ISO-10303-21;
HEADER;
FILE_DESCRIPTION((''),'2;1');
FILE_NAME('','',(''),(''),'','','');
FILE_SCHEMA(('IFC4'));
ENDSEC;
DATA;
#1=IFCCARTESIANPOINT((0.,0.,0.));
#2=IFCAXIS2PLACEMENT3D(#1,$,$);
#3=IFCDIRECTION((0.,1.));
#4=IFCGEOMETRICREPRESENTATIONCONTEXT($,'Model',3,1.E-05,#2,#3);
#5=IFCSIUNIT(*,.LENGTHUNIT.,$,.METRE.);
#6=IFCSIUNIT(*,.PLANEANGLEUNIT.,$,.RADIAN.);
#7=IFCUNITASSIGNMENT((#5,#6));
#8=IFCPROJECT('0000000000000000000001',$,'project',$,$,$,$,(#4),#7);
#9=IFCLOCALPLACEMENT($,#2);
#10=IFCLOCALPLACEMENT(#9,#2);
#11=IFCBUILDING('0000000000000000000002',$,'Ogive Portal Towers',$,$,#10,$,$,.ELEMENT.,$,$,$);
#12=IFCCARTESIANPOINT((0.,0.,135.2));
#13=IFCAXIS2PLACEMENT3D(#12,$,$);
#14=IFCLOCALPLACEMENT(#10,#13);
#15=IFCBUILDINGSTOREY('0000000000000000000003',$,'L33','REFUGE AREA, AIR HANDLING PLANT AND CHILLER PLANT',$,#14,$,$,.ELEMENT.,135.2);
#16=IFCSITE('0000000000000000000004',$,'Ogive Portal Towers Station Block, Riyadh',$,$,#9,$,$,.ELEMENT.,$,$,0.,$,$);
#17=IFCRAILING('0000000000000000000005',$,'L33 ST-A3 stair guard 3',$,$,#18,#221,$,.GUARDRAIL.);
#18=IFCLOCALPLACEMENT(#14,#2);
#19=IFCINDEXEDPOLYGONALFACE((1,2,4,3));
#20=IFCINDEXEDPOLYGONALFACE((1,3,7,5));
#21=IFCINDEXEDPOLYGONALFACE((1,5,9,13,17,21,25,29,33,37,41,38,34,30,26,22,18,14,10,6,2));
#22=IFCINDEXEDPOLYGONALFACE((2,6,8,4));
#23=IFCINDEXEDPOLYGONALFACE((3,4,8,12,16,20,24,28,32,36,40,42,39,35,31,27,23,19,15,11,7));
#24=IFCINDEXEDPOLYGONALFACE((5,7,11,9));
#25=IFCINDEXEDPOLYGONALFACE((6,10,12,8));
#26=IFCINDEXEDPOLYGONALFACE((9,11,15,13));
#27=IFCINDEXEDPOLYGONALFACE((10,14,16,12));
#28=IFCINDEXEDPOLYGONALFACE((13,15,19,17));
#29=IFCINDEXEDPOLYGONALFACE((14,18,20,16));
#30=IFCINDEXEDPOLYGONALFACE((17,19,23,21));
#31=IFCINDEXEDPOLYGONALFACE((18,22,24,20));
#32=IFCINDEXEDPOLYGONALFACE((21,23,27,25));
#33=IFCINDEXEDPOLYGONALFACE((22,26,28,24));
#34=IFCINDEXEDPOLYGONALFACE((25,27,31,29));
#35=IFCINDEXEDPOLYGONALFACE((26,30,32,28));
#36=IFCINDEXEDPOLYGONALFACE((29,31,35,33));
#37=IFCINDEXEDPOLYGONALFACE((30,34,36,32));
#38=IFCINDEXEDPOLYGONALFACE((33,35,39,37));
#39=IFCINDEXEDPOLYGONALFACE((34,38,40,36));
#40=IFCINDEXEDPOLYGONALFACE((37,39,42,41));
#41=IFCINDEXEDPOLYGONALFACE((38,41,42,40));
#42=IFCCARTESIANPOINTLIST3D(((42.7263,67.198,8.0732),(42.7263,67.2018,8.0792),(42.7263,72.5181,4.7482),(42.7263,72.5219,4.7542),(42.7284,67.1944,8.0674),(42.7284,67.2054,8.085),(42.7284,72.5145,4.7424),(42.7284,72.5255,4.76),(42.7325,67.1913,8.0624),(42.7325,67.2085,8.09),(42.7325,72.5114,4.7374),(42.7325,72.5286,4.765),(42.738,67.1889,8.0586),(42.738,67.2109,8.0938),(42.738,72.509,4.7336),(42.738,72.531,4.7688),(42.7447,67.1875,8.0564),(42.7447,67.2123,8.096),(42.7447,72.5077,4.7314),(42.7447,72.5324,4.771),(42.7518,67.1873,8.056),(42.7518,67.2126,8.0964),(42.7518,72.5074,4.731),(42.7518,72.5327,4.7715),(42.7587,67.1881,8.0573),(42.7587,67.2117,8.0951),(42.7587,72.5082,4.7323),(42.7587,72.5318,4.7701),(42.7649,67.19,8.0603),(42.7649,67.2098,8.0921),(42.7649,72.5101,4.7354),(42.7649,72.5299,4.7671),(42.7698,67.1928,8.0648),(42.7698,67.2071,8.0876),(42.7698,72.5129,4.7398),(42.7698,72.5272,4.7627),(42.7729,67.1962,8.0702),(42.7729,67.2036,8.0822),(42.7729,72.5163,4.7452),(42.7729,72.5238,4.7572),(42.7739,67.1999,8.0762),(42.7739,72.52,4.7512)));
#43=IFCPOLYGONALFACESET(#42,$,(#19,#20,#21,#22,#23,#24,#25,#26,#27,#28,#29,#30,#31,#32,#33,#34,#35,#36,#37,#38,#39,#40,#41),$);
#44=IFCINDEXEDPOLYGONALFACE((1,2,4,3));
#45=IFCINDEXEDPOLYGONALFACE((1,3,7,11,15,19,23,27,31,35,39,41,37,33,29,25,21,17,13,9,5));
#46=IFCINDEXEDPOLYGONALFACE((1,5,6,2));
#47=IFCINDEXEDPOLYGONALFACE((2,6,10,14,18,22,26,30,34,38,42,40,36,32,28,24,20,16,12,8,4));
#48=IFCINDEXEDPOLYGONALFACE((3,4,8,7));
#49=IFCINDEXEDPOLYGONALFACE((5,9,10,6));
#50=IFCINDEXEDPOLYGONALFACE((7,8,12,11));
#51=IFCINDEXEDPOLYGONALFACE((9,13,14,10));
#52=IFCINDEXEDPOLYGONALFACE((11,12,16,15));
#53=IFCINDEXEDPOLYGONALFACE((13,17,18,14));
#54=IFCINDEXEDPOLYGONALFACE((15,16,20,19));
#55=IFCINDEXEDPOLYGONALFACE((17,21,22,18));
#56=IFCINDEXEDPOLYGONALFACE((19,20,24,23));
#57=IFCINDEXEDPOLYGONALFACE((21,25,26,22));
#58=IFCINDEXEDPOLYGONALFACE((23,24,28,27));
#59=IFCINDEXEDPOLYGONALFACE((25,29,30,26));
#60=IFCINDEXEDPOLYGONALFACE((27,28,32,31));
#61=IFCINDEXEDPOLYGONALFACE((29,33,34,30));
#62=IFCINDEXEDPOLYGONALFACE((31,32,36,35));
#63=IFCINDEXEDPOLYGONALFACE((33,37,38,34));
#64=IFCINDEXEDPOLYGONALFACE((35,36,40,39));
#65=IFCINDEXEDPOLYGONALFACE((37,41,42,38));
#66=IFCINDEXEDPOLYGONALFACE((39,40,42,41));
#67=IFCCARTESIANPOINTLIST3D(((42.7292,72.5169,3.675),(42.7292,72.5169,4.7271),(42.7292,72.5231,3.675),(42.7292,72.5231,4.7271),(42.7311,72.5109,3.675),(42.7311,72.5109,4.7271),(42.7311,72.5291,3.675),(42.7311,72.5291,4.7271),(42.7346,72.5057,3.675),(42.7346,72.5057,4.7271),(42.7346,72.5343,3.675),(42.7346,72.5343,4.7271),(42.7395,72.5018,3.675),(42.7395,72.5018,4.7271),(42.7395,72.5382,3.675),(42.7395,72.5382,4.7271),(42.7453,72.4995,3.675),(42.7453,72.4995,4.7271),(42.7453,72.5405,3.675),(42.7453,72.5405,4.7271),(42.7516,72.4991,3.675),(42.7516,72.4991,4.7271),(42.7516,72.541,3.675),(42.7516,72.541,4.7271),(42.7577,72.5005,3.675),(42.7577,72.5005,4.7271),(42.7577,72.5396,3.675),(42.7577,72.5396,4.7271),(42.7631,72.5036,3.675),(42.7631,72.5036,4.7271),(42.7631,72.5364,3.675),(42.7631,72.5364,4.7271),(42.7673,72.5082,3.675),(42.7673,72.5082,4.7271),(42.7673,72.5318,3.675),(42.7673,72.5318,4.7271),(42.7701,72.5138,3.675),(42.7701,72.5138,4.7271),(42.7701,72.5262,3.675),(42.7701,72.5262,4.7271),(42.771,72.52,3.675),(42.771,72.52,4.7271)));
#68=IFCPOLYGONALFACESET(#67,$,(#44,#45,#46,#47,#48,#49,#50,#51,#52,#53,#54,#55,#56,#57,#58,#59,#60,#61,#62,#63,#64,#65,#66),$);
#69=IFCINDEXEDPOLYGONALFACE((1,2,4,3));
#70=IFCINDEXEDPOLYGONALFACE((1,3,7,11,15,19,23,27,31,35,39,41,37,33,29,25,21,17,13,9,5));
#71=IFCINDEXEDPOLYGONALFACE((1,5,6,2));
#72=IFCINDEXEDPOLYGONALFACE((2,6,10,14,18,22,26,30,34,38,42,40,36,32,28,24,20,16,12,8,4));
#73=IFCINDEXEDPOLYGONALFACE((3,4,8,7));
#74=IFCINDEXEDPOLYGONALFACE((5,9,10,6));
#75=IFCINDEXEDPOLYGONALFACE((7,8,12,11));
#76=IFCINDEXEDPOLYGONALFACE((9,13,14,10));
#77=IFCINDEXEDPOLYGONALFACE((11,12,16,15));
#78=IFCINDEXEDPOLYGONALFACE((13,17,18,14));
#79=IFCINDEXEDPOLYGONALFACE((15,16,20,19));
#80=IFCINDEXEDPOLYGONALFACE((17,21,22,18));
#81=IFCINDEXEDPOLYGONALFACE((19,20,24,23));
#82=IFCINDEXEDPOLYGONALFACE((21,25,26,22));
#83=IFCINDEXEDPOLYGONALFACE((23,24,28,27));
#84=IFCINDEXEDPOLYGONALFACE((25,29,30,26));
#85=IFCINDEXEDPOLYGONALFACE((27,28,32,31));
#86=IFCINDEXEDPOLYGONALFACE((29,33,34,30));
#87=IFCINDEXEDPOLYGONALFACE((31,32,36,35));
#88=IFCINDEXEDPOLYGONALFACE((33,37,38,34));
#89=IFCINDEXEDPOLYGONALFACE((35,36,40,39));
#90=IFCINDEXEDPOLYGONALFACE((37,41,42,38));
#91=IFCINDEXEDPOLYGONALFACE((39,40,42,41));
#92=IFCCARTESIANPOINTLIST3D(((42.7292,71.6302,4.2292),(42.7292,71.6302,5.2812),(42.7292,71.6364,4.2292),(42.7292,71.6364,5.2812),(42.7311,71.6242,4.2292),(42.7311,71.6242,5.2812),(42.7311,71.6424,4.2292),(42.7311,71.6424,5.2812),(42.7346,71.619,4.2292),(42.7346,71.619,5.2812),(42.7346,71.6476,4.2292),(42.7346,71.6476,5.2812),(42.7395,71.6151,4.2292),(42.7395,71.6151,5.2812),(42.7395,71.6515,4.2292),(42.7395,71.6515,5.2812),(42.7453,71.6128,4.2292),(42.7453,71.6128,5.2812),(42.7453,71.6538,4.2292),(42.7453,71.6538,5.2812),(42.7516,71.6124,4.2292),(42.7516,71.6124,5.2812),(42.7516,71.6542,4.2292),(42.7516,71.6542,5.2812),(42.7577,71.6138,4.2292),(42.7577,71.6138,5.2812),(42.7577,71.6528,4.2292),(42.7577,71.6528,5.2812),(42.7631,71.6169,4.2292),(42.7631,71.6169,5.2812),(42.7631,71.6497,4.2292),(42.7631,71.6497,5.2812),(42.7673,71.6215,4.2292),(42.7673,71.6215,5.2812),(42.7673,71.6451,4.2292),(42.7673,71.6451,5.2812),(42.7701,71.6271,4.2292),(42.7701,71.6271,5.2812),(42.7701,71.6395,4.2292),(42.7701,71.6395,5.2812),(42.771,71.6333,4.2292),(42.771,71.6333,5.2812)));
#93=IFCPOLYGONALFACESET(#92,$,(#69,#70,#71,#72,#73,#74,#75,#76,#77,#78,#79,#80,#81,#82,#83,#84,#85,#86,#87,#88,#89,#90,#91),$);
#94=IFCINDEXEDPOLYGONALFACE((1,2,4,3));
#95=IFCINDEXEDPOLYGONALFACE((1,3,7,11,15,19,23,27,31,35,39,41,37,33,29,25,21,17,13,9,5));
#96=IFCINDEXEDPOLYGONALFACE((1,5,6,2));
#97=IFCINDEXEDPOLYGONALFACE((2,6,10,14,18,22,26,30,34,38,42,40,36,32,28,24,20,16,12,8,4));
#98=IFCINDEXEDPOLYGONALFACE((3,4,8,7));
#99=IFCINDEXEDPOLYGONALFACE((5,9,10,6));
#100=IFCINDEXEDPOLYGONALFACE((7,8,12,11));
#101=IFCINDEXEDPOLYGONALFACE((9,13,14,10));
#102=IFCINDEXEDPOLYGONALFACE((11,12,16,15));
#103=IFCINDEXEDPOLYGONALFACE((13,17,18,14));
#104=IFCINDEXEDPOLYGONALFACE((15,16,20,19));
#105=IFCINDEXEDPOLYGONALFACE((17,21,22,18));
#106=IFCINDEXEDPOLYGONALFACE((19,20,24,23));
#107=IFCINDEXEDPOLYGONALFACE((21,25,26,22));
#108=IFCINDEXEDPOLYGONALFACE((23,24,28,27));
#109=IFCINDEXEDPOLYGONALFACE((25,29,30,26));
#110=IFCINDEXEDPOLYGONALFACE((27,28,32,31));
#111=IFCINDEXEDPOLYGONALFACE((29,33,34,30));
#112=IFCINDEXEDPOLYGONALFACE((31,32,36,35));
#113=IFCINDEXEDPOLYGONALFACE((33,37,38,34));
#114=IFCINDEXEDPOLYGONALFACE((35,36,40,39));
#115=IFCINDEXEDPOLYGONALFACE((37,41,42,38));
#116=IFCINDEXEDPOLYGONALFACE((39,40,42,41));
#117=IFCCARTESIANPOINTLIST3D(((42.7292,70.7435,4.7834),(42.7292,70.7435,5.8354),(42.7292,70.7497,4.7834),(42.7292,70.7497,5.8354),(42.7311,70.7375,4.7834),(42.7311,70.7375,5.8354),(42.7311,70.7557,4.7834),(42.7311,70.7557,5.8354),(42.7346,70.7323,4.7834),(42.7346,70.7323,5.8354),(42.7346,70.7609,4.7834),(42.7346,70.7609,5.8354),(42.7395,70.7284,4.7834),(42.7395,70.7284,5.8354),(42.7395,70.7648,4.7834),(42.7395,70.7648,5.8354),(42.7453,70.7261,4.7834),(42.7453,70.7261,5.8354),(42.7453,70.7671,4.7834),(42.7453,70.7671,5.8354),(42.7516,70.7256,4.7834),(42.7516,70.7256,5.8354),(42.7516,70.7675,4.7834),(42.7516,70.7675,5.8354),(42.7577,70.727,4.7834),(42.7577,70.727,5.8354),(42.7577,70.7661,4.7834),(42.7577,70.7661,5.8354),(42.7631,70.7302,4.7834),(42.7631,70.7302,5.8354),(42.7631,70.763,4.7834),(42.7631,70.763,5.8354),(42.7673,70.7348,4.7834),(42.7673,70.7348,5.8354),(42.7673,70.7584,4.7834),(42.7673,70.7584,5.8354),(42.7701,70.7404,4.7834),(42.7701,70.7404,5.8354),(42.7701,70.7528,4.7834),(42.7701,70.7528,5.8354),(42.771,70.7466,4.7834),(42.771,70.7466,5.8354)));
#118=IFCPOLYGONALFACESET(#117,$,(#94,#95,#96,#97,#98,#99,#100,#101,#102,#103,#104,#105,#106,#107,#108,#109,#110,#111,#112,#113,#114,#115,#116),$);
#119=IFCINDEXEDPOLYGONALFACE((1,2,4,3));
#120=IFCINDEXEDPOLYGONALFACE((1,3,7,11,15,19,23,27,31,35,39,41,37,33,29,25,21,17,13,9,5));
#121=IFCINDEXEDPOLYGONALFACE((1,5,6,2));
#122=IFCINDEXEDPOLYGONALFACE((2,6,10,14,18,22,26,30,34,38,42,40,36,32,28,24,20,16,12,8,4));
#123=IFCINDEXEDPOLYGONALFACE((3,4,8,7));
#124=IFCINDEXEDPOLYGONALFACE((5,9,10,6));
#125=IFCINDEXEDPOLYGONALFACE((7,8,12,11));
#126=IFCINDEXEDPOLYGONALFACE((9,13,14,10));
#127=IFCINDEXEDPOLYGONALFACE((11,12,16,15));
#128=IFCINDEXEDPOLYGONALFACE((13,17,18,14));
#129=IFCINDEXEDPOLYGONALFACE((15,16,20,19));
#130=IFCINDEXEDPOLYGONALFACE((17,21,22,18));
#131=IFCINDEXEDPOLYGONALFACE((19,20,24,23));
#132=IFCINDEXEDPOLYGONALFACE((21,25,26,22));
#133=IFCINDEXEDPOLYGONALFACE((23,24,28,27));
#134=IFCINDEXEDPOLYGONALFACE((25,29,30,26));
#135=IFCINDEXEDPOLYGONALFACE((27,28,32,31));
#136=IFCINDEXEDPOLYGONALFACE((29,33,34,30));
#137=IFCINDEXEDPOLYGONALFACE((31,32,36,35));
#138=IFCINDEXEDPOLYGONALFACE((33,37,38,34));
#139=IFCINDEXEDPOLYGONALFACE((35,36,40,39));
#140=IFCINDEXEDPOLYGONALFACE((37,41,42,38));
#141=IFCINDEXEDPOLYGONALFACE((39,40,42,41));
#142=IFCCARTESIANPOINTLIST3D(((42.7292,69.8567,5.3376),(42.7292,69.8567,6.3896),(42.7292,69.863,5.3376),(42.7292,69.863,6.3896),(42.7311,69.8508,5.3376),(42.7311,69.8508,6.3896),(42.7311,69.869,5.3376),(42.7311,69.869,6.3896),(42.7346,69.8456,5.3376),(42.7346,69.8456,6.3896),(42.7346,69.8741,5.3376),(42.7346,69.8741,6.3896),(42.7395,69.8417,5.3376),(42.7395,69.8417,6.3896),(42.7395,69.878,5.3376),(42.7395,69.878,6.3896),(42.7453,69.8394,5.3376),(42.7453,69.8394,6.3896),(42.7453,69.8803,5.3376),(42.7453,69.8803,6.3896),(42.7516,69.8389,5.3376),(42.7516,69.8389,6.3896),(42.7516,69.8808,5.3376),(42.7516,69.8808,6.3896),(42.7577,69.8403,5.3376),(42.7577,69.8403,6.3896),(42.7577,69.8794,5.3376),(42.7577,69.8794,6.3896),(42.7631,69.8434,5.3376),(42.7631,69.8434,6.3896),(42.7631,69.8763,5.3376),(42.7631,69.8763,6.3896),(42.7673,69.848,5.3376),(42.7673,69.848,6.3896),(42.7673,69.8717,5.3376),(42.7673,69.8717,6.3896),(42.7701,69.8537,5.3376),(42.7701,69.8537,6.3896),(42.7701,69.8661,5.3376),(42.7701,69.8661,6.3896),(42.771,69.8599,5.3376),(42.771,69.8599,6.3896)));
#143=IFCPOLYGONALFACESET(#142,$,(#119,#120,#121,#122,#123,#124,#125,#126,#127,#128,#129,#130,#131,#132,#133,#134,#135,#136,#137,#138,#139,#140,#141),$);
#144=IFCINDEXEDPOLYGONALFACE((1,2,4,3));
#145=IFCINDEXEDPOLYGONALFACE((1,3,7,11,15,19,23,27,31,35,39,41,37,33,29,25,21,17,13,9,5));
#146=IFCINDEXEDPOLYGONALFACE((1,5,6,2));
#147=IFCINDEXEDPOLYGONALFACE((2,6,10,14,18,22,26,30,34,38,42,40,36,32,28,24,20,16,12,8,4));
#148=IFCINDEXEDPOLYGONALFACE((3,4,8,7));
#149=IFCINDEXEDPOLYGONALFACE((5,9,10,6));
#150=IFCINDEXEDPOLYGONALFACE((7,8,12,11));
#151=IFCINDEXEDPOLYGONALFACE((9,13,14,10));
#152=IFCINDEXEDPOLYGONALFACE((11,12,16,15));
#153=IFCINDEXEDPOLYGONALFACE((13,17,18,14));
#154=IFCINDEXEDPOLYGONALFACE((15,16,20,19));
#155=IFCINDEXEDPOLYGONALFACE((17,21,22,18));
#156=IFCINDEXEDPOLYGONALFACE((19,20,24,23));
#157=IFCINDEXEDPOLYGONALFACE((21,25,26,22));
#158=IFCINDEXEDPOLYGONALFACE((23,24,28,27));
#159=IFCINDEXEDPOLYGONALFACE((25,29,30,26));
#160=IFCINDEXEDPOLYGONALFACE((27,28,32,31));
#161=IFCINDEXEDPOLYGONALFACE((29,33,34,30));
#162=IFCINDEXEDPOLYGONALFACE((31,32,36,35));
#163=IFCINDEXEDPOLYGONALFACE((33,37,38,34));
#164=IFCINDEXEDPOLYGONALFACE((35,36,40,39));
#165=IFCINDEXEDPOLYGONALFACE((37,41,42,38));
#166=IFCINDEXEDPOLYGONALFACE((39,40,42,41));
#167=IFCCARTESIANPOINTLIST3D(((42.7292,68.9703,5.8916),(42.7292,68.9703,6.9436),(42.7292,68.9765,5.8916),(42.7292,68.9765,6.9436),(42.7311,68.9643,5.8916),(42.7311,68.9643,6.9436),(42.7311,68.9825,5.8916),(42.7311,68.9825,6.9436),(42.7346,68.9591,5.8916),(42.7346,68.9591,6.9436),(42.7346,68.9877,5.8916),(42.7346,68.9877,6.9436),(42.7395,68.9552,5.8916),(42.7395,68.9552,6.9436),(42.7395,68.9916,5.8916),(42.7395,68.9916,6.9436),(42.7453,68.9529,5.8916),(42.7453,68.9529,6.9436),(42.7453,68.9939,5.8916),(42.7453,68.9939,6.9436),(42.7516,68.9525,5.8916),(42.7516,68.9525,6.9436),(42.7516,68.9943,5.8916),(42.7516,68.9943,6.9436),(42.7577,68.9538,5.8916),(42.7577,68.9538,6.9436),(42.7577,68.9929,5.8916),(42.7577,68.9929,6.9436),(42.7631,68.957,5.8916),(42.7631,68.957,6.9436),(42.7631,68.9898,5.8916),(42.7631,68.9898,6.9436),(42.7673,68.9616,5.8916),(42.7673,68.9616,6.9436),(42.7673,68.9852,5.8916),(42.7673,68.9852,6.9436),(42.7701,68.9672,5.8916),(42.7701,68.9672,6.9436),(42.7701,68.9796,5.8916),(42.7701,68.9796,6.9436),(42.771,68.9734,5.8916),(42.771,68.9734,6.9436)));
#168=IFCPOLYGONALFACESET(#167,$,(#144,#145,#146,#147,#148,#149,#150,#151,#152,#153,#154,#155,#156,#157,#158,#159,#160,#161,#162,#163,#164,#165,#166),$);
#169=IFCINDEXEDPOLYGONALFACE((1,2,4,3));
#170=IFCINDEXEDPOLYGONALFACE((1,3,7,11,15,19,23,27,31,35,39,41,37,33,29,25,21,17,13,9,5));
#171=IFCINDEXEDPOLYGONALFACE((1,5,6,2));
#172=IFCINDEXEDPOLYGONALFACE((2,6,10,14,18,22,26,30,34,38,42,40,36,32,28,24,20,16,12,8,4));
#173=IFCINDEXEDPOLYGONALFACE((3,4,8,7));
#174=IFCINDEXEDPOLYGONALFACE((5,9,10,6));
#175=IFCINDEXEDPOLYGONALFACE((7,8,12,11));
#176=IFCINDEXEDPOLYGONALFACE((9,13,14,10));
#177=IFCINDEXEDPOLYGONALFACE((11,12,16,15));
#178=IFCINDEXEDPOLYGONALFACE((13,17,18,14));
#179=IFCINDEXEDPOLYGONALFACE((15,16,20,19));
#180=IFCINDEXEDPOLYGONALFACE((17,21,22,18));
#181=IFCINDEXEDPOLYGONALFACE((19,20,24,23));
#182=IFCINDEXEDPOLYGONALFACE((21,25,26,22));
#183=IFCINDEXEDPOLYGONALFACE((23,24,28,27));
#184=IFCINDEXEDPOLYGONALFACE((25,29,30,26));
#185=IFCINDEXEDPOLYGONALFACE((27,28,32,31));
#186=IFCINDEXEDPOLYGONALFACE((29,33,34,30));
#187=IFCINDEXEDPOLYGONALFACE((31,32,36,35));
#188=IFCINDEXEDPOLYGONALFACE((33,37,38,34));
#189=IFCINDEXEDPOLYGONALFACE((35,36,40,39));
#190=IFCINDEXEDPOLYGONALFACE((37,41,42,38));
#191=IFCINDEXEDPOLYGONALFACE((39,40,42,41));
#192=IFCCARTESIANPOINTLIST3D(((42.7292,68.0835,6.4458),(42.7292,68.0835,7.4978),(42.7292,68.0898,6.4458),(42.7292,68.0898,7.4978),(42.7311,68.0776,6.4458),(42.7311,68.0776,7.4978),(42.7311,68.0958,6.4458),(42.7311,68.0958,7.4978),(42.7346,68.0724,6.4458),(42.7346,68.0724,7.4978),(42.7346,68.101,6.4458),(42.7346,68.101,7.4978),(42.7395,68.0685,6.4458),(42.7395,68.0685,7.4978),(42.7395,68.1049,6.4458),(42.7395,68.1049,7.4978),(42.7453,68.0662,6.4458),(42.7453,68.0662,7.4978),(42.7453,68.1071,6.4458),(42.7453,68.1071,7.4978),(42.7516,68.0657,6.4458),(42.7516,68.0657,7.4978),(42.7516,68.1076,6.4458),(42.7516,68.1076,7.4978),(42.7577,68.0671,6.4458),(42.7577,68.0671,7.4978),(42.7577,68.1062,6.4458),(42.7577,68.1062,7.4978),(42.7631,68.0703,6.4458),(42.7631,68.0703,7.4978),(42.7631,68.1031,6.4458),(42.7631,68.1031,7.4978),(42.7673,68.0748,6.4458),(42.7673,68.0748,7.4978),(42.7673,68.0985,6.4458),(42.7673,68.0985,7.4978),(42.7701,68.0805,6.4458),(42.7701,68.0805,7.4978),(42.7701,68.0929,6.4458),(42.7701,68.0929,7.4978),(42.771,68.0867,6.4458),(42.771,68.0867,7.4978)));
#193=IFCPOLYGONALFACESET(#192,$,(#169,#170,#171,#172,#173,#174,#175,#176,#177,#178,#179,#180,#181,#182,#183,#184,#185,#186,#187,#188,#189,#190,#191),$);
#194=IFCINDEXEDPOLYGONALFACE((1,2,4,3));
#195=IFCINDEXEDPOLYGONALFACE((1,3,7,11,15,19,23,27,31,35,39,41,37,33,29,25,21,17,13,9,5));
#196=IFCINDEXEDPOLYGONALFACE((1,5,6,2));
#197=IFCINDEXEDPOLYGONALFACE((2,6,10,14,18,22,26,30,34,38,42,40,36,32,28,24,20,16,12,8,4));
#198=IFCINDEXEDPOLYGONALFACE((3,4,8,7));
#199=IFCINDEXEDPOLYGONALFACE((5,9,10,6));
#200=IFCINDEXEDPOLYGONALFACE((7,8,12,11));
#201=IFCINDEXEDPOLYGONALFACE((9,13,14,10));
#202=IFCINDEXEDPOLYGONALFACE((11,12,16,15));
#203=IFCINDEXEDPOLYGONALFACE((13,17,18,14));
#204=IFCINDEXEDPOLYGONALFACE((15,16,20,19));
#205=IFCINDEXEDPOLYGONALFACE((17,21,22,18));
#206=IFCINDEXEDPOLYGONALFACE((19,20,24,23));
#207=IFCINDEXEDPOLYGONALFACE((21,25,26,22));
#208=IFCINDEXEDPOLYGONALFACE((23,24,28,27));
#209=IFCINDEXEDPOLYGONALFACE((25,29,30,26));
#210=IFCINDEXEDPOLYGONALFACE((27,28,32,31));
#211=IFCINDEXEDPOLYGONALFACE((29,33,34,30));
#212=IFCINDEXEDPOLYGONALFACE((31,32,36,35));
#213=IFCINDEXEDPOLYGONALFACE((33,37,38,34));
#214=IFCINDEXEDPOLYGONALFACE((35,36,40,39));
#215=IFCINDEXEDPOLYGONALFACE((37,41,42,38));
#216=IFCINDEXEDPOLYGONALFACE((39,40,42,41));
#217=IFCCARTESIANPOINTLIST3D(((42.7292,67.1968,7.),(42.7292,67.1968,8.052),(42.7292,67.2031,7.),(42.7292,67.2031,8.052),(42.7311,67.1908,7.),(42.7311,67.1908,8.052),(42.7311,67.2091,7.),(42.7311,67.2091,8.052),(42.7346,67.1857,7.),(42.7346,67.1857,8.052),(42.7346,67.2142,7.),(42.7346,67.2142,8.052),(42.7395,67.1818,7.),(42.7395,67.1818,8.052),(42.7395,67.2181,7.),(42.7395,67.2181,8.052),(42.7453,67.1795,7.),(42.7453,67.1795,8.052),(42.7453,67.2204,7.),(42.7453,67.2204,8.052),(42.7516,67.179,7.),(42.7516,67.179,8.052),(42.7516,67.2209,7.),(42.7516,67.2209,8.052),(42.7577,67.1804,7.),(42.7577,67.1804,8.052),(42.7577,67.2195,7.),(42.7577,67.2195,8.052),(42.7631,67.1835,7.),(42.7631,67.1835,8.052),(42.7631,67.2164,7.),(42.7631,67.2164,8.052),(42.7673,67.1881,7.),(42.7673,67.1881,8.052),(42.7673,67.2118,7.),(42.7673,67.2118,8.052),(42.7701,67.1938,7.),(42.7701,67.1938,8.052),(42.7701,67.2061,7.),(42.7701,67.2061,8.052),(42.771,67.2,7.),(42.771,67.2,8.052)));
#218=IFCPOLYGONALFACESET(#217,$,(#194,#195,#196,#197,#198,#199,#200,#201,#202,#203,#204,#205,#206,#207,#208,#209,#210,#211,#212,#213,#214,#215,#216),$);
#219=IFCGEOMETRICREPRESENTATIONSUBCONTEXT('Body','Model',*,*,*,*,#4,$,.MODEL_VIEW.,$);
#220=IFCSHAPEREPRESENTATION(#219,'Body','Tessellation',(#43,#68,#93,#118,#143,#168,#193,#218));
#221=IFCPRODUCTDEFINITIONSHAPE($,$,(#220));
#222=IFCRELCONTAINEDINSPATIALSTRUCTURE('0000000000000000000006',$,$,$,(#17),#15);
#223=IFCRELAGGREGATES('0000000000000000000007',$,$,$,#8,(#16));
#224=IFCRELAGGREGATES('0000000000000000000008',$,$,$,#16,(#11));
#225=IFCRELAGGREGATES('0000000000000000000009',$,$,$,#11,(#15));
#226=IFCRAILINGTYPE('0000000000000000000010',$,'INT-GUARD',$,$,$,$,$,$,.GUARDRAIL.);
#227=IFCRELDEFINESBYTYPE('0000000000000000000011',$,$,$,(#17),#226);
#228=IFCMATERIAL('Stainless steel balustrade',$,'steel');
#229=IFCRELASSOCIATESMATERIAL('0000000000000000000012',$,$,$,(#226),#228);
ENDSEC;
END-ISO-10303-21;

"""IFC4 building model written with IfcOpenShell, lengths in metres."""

from ifc_helpers import new_model, si_unit, direction, frame, origin, origin_2d, place, context, subcontext, project, spatial, circle, extrude, material, type_object, element, save


model = new_model("IFC4")

# Units and contexts
model_context = context("Model", 3, precision=1e-05, world=origin(), true_north=direction((0.0, 1.0)))
body_context = subcontext(model_context, "Body", "Model", "MODEL_VIEW")
ifc_project = project(units=[si_unit("LENGTHUNIT", "METRE"), si_unit("PLANEANGLEUNIT", "RADIAN")], contexts=[model_context])

# Site, building, storey
site_placement = place(None, origin())
site = spatial("IfcSite", under=ifc_project, at=site_placement, Name="Ogive Portal Towers Station Block, Riyadh", CompositionType="ELEMENT", RefElevation=0.0)
building_placement = place(site_placement, origin())
building = spatial("IfcBuilding", under=site, at=building_placement, Name="Ogive Portal Towers", CompositionType="ELEMENT")
storey_placement = place(building_placement, frame((0.0, 0.0, 135.2)))
storey = spatial("IfcBuildingStorey", under=building, at=storey_placement, Name="L33", Description="REFUGE AREA, AIR HANDLING PLANT AND CHILLER PLANT", CompositionType="ELEMENT", Elevation=135.2)

# Railing
ifc_material_1 = material(Name="Stainless steel balustrade", Category="steel")
railing_type_1 = type_object("IfcRailingType", Name="INT-GUARD", PredefinedType="GUARDRAIL", material=ifc_material_1)
railing_1_placement = place(storey_placement, frame((42.75, 72.52, 3.675)))
element("IfcRailing", 1, at=railing_1_placement, inside=storey, type_object=railing_type_1, Name="L33 ST-A3 stair guard 3", PredefinedType="GUARDRAIL", context=body_context, shape_type="SweptSolid", body=[
    extrude(circle(Radius=0.0239, at=origin_2d()), frame((0.0, 0.0, 1.0762), z_axis=(0.0, -0.848005, 0.529988), x_axis=(1.0, 0.0, 0.0)), (0.0, 0.0, 1.0), 6.2737),
    extrude(circle(Radius=0.021, at=origin_2d()), origin(), (0.0, 0.0, 1.0), 1.052),
    extrude(circle(Radius=0.021, at=origin_2d()), frame((0.0, -0.8867, 0.5542)), (0.0, 0.0, 1.0), 1.052),
    extrude(circle(Radius=0.021, at=origin_2d()), frame((0.0, -1.7734, 1.1084)), (0.0, 0.0, 1.0), 1.052),
    extrude(circle(Radius=0.021, at=origin_2d()), frame((0.0, -2.6602, 1.6626)), (0.0, 0.0, 1.0), 1.052),
    extrude(circle(Radius=0.021, at=origin_2d()), frame((0.0, -3.5466, 2.2166)), (0.0, 0.0, 1.0), 1.052),
    extrude(circle(Radius=0.021, at=origin_2d()), frame((0.0, -4.4333, 2.7708)), (0.0, 0.0, 1.0), 1.052),
    extrude(circle(Radius=0.021, at=origin_2d()), frame((0.0, -5.3201, 3.325)), (0.0, 0.0, 1.0), 1.052),
])

save(model, "model.ifc")
